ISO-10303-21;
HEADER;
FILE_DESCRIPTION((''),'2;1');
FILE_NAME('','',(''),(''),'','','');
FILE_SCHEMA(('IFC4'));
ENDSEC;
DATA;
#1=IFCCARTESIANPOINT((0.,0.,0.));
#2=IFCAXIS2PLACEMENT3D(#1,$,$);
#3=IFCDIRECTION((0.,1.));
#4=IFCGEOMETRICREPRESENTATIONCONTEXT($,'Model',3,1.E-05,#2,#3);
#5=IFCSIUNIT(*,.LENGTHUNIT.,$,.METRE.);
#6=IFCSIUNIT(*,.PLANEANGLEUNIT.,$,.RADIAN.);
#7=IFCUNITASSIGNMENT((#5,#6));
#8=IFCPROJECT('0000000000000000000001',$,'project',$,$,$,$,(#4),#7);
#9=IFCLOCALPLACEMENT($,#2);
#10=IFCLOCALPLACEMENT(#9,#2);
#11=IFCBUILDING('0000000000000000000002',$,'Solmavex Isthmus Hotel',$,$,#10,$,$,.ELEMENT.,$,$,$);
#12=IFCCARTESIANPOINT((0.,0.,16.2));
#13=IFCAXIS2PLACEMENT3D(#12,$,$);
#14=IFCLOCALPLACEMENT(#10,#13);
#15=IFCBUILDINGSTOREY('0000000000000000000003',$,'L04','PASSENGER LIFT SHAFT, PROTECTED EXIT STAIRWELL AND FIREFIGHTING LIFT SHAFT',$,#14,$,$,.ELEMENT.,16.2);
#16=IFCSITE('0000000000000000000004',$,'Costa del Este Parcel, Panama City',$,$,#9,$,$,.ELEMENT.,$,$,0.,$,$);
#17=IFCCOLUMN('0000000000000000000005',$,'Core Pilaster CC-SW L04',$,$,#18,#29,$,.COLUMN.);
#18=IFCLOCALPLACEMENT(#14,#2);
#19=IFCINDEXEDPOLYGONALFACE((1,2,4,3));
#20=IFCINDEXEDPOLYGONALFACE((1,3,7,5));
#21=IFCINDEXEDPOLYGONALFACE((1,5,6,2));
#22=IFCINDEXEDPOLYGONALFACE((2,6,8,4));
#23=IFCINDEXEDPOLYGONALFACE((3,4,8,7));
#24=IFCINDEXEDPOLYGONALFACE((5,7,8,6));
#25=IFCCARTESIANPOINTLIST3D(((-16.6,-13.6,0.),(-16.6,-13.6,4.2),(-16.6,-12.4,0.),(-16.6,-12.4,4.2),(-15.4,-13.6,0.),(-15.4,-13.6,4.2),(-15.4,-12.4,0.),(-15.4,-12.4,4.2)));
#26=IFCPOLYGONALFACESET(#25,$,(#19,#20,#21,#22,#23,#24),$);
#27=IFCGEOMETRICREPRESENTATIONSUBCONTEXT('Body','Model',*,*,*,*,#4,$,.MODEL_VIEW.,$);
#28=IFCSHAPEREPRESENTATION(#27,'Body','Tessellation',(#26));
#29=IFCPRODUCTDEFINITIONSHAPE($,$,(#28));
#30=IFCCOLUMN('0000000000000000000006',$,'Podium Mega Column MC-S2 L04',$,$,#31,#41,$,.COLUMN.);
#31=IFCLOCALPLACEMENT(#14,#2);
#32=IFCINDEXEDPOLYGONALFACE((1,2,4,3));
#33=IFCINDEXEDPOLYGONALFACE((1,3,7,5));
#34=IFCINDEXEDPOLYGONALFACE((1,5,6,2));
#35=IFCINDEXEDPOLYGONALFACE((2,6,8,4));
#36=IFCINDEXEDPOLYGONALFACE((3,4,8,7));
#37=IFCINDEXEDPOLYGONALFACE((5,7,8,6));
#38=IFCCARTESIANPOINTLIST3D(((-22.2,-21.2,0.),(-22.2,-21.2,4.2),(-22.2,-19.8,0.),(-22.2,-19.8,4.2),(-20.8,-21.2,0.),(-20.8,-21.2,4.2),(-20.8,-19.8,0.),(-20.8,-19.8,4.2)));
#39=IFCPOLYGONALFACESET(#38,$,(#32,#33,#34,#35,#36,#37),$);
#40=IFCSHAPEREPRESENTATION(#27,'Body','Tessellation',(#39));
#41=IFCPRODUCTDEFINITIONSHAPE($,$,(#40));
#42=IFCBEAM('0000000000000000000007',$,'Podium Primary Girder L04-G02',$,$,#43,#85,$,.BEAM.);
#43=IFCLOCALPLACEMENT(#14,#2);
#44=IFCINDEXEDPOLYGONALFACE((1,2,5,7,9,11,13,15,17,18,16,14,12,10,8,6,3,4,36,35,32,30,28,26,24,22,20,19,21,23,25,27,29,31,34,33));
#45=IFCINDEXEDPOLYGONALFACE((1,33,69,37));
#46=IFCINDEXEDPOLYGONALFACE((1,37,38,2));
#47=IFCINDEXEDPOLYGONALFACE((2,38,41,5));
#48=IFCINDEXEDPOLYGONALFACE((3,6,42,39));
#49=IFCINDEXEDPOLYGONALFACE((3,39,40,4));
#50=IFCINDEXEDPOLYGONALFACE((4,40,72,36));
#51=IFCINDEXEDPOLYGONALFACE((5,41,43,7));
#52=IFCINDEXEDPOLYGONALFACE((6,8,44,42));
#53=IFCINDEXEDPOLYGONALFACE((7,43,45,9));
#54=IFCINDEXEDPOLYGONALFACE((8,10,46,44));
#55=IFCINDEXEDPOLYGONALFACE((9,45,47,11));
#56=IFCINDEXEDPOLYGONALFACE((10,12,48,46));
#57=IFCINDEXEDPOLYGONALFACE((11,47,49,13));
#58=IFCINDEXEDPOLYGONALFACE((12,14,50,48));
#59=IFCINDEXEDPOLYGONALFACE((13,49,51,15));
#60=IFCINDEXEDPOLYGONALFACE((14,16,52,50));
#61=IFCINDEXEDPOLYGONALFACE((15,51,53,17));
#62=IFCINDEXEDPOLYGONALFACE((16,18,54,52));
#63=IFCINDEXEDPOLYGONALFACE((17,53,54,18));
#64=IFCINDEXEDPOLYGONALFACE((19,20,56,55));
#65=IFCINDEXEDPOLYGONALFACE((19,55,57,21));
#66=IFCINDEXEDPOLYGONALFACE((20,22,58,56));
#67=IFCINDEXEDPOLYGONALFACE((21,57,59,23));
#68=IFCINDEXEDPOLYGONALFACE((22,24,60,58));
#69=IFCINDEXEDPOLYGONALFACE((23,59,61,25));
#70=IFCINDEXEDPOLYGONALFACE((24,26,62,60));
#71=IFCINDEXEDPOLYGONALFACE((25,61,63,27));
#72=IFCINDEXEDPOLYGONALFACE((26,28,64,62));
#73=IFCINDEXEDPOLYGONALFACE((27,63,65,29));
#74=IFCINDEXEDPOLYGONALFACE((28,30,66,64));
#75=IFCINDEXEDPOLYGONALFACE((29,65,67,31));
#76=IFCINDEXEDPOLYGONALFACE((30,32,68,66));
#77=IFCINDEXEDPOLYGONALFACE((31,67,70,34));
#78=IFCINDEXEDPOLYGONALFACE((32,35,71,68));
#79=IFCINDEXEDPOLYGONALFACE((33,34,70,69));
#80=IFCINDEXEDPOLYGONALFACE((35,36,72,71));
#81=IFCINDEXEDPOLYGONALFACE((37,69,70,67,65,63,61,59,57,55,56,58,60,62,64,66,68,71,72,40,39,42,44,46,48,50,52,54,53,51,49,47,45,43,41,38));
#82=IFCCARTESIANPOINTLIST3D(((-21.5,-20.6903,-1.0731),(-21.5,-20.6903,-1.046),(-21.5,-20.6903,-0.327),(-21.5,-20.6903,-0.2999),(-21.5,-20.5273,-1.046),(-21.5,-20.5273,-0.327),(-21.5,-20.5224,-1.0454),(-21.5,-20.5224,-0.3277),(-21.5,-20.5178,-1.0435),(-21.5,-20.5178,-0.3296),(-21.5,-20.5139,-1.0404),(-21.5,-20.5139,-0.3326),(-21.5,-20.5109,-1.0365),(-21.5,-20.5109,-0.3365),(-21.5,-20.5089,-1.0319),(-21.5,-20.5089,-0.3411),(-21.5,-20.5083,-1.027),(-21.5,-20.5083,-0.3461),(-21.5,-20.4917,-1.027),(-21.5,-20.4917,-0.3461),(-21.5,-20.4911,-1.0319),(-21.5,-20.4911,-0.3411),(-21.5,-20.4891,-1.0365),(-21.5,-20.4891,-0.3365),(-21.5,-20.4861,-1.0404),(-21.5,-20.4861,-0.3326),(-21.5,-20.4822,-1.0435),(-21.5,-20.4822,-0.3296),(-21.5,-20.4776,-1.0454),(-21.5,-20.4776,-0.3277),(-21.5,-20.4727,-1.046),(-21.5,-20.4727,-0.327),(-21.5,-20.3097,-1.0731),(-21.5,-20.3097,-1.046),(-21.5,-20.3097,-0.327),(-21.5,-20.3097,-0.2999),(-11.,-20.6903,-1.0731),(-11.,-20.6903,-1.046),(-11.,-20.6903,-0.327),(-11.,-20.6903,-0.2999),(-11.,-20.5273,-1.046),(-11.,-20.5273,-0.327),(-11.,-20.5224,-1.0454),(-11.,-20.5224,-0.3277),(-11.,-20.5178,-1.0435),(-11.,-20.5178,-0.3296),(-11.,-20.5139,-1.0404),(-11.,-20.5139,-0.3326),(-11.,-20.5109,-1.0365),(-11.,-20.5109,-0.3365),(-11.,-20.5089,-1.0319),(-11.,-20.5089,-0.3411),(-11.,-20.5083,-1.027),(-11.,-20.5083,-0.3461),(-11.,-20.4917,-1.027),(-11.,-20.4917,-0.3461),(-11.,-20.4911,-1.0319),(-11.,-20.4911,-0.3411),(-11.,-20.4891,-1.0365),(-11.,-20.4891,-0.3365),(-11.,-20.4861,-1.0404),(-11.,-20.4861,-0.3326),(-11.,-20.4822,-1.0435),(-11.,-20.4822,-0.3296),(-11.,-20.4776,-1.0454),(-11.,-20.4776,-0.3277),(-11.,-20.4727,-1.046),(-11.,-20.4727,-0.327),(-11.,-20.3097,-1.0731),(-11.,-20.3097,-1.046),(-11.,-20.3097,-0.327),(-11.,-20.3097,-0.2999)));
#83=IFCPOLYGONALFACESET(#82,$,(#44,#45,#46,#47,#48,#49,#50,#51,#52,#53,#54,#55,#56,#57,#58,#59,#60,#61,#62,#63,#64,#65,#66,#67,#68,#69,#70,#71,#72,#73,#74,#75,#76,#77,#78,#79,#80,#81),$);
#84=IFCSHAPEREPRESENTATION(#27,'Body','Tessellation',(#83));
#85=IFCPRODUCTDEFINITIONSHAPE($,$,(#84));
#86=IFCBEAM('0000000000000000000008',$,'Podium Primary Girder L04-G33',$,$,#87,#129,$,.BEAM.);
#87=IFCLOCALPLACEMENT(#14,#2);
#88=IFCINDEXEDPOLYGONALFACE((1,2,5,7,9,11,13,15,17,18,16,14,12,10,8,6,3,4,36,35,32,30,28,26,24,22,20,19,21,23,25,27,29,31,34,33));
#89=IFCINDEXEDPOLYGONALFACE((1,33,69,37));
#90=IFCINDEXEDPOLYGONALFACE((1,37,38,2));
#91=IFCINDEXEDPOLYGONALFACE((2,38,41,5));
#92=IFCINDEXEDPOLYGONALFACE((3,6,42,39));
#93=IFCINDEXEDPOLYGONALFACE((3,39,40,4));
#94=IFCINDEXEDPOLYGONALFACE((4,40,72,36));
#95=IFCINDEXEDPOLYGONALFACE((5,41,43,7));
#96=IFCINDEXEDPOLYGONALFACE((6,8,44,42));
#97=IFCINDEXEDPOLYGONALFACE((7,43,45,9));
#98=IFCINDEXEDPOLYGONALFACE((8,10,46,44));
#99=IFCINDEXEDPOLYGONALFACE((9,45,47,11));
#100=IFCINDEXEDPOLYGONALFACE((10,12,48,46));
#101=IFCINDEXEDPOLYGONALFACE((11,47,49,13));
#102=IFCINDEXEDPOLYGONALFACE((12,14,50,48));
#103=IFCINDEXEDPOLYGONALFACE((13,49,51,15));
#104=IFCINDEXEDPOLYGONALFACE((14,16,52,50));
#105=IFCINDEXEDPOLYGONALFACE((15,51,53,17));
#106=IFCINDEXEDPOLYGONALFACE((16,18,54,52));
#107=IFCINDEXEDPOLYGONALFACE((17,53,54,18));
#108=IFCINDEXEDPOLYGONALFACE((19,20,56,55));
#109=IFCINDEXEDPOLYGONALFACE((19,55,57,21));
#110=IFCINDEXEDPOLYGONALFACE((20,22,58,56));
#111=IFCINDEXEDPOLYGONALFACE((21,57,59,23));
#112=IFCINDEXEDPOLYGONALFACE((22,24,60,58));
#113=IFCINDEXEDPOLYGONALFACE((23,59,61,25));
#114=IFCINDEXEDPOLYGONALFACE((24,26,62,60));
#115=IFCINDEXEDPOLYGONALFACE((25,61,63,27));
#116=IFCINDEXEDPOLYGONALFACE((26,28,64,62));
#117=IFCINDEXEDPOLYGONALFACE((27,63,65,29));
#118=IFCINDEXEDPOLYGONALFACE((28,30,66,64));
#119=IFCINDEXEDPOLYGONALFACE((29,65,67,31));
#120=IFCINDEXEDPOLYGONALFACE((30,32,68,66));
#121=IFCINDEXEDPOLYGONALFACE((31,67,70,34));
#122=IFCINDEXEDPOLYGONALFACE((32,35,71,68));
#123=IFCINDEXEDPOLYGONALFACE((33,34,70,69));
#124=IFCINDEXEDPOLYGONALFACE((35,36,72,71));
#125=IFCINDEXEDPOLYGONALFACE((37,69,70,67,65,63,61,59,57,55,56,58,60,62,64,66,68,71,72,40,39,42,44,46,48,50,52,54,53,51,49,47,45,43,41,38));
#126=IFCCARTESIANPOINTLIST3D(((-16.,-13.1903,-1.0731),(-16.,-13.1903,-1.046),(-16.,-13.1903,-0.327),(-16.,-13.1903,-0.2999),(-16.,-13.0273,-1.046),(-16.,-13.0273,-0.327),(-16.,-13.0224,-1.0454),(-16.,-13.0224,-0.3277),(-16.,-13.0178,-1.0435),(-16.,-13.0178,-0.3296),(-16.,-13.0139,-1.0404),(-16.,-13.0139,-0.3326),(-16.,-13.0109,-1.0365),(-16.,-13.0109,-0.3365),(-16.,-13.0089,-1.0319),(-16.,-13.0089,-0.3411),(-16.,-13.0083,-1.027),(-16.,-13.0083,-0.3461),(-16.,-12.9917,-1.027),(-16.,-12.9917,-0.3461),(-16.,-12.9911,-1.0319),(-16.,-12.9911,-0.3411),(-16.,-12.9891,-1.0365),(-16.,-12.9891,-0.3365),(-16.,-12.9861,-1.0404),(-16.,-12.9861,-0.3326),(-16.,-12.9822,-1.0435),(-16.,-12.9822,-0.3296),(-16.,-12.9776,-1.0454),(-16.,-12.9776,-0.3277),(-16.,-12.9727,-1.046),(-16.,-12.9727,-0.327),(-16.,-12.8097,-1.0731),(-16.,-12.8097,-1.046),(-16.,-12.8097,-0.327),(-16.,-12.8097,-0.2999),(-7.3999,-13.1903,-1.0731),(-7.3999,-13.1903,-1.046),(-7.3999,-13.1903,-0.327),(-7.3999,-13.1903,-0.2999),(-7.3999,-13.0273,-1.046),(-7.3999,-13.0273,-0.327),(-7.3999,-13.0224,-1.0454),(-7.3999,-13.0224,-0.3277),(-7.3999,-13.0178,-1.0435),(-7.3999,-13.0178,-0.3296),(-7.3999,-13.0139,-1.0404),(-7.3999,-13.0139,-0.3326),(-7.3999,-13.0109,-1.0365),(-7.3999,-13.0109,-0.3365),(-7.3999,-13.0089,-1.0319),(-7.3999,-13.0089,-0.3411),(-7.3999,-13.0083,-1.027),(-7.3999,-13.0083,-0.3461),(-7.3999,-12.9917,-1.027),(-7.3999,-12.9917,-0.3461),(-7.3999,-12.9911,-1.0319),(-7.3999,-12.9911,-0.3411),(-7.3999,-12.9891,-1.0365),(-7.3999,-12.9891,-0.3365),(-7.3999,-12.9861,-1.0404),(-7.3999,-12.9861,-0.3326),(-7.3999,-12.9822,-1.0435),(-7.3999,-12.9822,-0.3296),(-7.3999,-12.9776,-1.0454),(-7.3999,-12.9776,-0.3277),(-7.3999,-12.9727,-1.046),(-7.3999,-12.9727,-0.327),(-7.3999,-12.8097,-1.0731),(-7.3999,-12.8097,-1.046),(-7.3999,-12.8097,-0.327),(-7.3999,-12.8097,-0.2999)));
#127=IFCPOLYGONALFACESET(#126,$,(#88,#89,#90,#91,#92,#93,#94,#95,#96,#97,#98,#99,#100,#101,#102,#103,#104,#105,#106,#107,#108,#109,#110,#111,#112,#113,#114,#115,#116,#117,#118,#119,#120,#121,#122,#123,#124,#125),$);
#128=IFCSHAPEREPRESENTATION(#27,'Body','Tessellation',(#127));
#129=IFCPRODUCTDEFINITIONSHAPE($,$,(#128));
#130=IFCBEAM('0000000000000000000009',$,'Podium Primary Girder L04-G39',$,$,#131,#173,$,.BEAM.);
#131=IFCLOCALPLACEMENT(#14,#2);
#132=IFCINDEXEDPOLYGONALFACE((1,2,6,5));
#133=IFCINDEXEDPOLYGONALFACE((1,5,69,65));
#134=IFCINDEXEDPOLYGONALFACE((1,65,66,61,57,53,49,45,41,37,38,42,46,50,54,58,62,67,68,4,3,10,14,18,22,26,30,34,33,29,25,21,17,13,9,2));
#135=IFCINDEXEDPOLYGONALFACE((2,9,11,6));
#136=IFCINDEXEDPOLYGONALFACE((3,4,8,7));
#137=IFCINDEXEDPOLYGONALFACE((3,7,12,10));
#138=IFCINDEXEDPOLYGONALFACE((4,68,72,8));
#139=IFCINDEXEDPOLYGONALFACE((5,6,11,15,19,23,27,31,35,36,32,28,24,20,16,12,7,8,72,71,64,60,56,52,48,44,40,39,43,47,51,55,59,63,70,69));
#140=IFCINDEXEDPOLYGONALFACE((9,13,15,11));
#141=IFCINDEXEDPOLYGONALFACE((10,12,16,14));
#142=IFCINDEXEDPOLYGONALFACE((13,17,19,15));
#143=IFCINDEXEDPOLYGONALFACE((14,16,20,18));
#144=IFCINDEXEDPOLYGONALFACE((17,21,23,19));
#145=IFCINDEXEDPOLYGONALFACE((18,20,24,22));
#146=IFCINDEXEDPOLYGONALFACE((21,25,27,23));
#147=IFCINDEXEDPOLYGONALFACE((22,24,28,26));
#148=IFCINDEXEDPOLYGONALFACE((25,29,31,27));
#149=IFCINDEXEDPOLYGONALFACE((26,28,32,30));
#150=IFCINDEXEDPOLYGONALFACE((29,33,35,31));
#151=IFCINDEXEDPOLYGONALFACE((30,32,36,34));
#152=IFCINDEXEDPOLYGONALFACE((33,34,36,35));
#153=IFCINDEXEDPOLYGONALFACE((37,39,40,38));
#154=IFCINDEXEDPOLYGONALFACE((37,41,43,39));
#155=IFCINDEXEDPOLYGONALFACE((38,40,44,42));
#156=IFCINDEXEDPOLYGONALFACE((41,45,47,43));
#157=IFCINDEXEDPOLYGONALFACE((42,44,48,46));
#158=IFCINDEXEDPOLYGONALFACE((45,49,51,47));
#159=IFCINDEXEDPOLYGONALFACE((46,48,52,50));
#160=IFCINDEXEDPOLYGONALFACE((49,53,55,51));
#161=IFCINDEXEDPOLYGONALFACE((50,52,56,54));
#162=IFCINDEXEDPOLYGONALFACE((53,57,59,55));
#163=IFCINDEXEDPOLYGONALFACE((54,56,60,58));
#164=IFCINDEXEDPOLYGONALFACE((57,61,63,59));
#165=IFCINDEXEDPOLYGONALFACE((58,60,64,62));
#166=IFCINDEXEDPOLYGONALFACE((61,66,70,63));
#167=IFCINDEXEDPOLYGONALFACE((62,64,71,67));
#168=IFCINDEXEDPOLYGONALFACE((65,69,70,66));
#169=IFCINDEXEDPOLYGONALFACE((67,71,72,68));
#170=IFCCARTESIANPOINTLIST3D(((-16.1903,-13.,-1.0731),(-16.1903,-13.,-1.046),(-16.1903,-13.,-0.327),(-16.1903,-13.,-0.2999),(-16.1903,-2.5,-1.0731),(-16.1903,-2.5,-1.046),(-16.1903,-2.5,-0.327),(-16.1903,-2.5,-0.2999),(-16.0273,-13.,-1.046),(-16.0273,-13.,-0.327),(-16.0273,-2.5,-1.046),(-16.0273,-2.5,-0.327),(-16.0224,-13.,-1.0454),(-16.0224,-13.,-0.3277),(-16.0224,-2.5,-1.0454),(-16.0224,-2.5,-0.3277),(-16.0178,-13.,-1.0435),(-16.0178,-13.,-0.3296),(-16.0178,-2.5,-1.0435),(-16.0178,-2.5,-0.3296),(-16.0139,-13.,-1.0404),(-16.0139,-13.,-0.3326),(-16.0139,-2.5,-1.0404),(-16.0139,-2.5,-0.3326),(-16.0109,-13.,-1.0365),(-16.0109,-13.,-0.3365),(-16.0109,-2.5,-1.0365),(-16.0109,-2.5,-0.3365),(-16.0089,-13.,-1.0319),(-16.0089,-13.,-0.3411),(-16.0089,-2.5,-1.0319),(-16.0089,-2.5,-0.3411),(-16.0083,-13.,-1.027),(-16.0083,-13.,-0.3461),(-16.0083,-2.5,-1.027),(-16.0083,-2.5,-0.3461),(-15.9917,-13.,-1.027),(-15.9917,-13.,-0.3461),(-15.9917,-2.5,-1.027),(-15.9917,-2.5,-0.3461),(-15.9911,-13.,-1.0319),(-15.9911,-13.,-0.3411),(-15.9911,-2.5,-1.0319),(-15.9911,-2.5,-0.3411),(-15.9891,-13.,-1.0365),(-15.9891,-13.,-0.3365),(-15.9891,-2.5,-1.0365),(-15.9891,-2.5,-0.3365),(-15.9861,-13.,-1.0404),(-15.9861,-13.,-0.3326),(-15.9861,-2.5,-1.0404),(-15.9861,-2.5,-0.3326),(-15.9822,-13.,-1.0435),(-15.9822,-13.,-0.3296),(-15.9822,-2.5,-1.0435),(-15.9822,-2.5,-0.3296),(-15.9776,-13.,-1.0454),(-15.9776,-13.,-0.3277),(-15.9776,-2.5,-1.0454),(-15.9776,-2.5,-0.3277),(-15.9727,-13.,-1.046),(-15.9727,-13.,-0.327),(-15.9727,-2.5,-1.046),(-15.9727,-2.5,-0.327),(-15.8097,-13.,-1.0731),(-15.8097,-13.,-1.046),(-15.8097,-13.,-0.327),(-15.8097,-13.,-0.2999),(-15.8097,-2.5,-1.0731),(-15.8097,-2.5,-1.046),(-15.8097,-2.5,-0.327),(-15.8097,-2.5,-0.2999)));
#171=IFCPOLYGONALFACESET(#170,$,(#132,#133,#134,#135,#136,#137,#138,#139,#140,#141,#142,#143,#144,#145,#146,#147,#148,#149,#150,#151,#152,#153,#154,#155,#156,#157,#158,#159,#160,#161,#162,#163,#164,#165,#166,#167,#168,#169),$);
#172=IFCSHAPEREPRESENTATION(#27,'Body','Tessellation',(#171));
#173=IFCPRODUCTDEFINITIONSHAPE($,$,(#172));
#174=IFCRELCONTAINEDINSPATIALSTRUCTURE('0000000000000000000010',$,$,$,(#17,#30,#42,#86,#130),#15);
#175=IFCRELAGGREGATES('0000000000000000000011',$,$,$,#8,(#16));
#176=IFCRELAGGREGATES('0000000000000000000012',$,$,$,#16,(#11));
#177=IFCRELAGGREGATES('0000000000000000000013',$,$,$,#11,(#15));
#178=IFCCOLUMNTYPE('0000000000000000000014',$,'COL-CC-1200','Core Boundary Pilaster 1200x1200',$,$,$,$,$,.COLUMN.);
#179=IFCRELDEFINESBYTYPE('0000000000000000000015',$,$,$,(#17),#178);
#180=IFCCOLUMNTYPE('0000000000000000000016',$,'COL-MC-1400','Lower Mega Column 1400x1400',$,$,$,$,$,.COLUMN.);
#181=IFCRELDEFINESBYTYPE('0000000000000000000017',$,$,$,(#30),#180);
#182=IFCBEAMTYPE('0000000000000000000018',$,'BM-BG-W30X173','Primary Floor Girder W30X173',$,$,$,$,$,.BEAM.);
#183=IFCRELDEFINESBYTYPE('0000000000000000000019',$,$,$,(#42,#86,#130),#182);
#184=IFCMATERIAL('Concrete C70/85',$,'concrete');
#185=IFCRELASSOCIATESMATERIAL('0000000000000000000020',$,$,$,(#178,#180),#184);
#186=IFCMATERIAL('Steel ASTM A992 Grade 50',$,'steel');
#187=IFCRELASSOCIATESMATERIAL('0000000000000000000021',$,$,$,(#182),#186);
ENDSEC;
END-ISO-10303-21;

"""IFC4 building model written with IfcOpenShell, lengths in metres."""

from ifc_helpers import new_model, si_unit, direction, frame, origin, origin_2d, place, context, subcontext, project, spatial, rectangle, i_section, extrude, material, material_profile, profile_set, type_object, element, save


model = new_model("IFC4")

# Units and contexts
model_context = context("Model", 3, precision=1e-05, world=origin(), true_north=direction((0.0, 1.0)))
body_context = subcontext(model_context, "Body", "Model", "MODEL_VIEW")
ifc_project = project(units=[si_unit("LENGTHUNIT", "METRE"), si_unit("PLANEANGLEUNIT", "RADIAN")], contexts=[model_context])

# Site, building, storey
site_placement = place(None, origin())
site = spatial("IfcSite", under=ifc_project, at=site_placement, Name="Costa del Este Parcel, Panama City", CompositionType="ELEMENT", RefElevation=0.0)
building_placement = place(site_placement, origin())
building = spatial("IfcBuilding", under=site, at=building_placement, Name="Solmavex Isthmus Hotel", CompositionType="ELEMENT")
storey_placement = place(building_placement, frame((0.0, 0.0, 16.2)))
storey = spatial("IfcBuildingStorey", under=building, at=storey_placement, Name="L04", Description="PASSENGER LIFT SHAFT, PROTECTED EXIT STAIRWELL AND FIREFIGHTING LIFT SHAFT", CompositionType="ELEMENT", Elevation=16.2)

# Columns
ifc_material_1 = material(Name="Concrete C70/85", Category="concrete")
ifc_material_profile_1 = material_profile(ifc_material_1, rectangle(XDim=1.2, YDim=1.2, at=origin_2d()), Name="RC1200X1200")
ifc_profile_set_1 = profile_set([ifc_material_profile_1], Name="Concrete C70/85")
column_type_1 = type_object("IfcColumnType", Name="COL-CC-1200", Description="Core Boundary Pilaster 1200x1200", PredefinedType="COLUMN", material=ifc_profile_set_1)
column_1_placement = place(storey_placement, frame((-16.0, -13.0, 0.0), z_axis=(0.0, 0.0, 1.0), x_axis=(1.0, 0.0, 0.0)))
element("IfcColumn", 1, at=column_1_placement, inside=storey, type_object=column_type_1, Name="Core Pilaster CC-SW L04", PredefinedType="COLUMN", context=body_context, shape_type="SweptSolid", body=[
    extrude(rectangle(XDim=1.2, YDim=1.2, at=origin_2d()), origin(), (0.0, 0.0, 1.0), 4.2),
])
ifc_material_profile_2 = material_profile(ifc_material_1, rectangle(XDim=1.3999, YDim=1.3999, at=origin_2d()), Name="RC1400X1400")
ifc_profile_set_2 = profile_set([ifc_material_profile_2], Name="Concrete C70/85")
column_type_2 = type_object("IfcColumnType", Name="COL-MC-1400", Description="Lower Mega Column 1400x1400", PredefinedType="COLUMN", material=ifc_profile_set_2)
column_2_placement = place(storey_placement, frame((-21.5, -20.5, 0.0), z_axis=(0.0, 0.0, 1.0), x_axis=(1.0, 0.0, 0.0)))
element("IfcColumn", 2, at=column_2_placement, inside=storey, type_object=column_type_2, Name="Podium Mega Column MC-S2 L04", PredefinedType="COLUMN", context=body_context, shape_type="SweptSolid", body=[
    extrude(rectangle(XDim=1.3999, YDim=1.3999, at=origin_2d()), origin(), (0.0, 0.0, 1.0), 4.2),
])

# Beams
ifc_material_2 = material(Name="Steel ASTM A992 Grade 50", Category="steel")
ifc_material_profile_3 = material_profile(ifc_material_2, i_section(OverallWidth=0.3806, OverallDepth=0.7732, WebThickness=0.0166, FlangeThickness=0.0271, FilletRadius=0.019, at=origin_2d()), Name="W30X173")
ifc_profile_set_3 = profile_set([ifc_material_profile_3], Name="Steel ASTM A992 Grade 50")
beam_type_1 = type_object("IfcBeamType", Name="BM-BG-W30X173", Description="Primary Floor Girder W30X173", PredefinedType="BEAM", material=ifc_profile_set_3)
beam_1_placement = place(storey_placement, frame((-21.5, -20.5, -0.6865), z_axis=(1.0, 0.0, 0.0), x_axis=(0.0, 1.0, 0.0)))
element("IfcBeam", 3, at=beam_1_placement, inside=storey, type_object=beam_type_1, Name="Podium Primary Girder L04-G02", PredefinedType="BEAM", context=body_context, shape_type="SweptSolid", body=[
    extrude(i_section(OverallWidth=0.3806, OverallDepth=0.7732, WebThickness=0.0166, FlangeThickness=0.0271, FilletRadius=0.019, at=origin_2d()), origin(), (0.0, 0.0, 1.0), 10.5),
])
beam_2_placement = place(storey_placement, frame((-16.0, -13.0, -0.6865), z_axis=(1.0, 0.0, 0.0), x_axis=(0.0, 1.0, 0.0)))
element("IfcBeam", 4, at=beam_2_placement, inside=storey, type_object=beam_type_1, Name="Podium Primary Girder L04-G33", PredefinedType="BEAM", context=body_context, shape_type="SweptSolid", body=[
    extrude(i_section(OverallWidth=0.3806, OverallDepth=0.7732, WebThickness=0.0166, FlangeThickness=0.0271, FilletRadius=0.019, at=origin_2d()), origin(), (0.0, 0.0, 1.0), 8.6001),
])
beam_3_placement = place(storey_placement, frame((-16.0, -13.0, -0.6865), z_axis=(0.0, 1.0, 0.0), x_axis=(-1.0, 0.0, 0.0)))
element("IfcBeam", 5, at=beam_3_placement, inside=storey, type_object=beam_type_1, Name="Podium Primary Girder L04-G39", PredefinedType="BEAM", context=body_context, shape_type="SweptSolid", body=[
    extrude(i_section(OverallWidth=0.3806, OverallDepth=0.7732, WebThickness=0.0166, FlangeThickness=0.0271, FilletRadius=0.019, at=origin_2d()), origin(), (0.0, 0.0, 1.0), 10.5),
])

save(model, "model.ifc")
